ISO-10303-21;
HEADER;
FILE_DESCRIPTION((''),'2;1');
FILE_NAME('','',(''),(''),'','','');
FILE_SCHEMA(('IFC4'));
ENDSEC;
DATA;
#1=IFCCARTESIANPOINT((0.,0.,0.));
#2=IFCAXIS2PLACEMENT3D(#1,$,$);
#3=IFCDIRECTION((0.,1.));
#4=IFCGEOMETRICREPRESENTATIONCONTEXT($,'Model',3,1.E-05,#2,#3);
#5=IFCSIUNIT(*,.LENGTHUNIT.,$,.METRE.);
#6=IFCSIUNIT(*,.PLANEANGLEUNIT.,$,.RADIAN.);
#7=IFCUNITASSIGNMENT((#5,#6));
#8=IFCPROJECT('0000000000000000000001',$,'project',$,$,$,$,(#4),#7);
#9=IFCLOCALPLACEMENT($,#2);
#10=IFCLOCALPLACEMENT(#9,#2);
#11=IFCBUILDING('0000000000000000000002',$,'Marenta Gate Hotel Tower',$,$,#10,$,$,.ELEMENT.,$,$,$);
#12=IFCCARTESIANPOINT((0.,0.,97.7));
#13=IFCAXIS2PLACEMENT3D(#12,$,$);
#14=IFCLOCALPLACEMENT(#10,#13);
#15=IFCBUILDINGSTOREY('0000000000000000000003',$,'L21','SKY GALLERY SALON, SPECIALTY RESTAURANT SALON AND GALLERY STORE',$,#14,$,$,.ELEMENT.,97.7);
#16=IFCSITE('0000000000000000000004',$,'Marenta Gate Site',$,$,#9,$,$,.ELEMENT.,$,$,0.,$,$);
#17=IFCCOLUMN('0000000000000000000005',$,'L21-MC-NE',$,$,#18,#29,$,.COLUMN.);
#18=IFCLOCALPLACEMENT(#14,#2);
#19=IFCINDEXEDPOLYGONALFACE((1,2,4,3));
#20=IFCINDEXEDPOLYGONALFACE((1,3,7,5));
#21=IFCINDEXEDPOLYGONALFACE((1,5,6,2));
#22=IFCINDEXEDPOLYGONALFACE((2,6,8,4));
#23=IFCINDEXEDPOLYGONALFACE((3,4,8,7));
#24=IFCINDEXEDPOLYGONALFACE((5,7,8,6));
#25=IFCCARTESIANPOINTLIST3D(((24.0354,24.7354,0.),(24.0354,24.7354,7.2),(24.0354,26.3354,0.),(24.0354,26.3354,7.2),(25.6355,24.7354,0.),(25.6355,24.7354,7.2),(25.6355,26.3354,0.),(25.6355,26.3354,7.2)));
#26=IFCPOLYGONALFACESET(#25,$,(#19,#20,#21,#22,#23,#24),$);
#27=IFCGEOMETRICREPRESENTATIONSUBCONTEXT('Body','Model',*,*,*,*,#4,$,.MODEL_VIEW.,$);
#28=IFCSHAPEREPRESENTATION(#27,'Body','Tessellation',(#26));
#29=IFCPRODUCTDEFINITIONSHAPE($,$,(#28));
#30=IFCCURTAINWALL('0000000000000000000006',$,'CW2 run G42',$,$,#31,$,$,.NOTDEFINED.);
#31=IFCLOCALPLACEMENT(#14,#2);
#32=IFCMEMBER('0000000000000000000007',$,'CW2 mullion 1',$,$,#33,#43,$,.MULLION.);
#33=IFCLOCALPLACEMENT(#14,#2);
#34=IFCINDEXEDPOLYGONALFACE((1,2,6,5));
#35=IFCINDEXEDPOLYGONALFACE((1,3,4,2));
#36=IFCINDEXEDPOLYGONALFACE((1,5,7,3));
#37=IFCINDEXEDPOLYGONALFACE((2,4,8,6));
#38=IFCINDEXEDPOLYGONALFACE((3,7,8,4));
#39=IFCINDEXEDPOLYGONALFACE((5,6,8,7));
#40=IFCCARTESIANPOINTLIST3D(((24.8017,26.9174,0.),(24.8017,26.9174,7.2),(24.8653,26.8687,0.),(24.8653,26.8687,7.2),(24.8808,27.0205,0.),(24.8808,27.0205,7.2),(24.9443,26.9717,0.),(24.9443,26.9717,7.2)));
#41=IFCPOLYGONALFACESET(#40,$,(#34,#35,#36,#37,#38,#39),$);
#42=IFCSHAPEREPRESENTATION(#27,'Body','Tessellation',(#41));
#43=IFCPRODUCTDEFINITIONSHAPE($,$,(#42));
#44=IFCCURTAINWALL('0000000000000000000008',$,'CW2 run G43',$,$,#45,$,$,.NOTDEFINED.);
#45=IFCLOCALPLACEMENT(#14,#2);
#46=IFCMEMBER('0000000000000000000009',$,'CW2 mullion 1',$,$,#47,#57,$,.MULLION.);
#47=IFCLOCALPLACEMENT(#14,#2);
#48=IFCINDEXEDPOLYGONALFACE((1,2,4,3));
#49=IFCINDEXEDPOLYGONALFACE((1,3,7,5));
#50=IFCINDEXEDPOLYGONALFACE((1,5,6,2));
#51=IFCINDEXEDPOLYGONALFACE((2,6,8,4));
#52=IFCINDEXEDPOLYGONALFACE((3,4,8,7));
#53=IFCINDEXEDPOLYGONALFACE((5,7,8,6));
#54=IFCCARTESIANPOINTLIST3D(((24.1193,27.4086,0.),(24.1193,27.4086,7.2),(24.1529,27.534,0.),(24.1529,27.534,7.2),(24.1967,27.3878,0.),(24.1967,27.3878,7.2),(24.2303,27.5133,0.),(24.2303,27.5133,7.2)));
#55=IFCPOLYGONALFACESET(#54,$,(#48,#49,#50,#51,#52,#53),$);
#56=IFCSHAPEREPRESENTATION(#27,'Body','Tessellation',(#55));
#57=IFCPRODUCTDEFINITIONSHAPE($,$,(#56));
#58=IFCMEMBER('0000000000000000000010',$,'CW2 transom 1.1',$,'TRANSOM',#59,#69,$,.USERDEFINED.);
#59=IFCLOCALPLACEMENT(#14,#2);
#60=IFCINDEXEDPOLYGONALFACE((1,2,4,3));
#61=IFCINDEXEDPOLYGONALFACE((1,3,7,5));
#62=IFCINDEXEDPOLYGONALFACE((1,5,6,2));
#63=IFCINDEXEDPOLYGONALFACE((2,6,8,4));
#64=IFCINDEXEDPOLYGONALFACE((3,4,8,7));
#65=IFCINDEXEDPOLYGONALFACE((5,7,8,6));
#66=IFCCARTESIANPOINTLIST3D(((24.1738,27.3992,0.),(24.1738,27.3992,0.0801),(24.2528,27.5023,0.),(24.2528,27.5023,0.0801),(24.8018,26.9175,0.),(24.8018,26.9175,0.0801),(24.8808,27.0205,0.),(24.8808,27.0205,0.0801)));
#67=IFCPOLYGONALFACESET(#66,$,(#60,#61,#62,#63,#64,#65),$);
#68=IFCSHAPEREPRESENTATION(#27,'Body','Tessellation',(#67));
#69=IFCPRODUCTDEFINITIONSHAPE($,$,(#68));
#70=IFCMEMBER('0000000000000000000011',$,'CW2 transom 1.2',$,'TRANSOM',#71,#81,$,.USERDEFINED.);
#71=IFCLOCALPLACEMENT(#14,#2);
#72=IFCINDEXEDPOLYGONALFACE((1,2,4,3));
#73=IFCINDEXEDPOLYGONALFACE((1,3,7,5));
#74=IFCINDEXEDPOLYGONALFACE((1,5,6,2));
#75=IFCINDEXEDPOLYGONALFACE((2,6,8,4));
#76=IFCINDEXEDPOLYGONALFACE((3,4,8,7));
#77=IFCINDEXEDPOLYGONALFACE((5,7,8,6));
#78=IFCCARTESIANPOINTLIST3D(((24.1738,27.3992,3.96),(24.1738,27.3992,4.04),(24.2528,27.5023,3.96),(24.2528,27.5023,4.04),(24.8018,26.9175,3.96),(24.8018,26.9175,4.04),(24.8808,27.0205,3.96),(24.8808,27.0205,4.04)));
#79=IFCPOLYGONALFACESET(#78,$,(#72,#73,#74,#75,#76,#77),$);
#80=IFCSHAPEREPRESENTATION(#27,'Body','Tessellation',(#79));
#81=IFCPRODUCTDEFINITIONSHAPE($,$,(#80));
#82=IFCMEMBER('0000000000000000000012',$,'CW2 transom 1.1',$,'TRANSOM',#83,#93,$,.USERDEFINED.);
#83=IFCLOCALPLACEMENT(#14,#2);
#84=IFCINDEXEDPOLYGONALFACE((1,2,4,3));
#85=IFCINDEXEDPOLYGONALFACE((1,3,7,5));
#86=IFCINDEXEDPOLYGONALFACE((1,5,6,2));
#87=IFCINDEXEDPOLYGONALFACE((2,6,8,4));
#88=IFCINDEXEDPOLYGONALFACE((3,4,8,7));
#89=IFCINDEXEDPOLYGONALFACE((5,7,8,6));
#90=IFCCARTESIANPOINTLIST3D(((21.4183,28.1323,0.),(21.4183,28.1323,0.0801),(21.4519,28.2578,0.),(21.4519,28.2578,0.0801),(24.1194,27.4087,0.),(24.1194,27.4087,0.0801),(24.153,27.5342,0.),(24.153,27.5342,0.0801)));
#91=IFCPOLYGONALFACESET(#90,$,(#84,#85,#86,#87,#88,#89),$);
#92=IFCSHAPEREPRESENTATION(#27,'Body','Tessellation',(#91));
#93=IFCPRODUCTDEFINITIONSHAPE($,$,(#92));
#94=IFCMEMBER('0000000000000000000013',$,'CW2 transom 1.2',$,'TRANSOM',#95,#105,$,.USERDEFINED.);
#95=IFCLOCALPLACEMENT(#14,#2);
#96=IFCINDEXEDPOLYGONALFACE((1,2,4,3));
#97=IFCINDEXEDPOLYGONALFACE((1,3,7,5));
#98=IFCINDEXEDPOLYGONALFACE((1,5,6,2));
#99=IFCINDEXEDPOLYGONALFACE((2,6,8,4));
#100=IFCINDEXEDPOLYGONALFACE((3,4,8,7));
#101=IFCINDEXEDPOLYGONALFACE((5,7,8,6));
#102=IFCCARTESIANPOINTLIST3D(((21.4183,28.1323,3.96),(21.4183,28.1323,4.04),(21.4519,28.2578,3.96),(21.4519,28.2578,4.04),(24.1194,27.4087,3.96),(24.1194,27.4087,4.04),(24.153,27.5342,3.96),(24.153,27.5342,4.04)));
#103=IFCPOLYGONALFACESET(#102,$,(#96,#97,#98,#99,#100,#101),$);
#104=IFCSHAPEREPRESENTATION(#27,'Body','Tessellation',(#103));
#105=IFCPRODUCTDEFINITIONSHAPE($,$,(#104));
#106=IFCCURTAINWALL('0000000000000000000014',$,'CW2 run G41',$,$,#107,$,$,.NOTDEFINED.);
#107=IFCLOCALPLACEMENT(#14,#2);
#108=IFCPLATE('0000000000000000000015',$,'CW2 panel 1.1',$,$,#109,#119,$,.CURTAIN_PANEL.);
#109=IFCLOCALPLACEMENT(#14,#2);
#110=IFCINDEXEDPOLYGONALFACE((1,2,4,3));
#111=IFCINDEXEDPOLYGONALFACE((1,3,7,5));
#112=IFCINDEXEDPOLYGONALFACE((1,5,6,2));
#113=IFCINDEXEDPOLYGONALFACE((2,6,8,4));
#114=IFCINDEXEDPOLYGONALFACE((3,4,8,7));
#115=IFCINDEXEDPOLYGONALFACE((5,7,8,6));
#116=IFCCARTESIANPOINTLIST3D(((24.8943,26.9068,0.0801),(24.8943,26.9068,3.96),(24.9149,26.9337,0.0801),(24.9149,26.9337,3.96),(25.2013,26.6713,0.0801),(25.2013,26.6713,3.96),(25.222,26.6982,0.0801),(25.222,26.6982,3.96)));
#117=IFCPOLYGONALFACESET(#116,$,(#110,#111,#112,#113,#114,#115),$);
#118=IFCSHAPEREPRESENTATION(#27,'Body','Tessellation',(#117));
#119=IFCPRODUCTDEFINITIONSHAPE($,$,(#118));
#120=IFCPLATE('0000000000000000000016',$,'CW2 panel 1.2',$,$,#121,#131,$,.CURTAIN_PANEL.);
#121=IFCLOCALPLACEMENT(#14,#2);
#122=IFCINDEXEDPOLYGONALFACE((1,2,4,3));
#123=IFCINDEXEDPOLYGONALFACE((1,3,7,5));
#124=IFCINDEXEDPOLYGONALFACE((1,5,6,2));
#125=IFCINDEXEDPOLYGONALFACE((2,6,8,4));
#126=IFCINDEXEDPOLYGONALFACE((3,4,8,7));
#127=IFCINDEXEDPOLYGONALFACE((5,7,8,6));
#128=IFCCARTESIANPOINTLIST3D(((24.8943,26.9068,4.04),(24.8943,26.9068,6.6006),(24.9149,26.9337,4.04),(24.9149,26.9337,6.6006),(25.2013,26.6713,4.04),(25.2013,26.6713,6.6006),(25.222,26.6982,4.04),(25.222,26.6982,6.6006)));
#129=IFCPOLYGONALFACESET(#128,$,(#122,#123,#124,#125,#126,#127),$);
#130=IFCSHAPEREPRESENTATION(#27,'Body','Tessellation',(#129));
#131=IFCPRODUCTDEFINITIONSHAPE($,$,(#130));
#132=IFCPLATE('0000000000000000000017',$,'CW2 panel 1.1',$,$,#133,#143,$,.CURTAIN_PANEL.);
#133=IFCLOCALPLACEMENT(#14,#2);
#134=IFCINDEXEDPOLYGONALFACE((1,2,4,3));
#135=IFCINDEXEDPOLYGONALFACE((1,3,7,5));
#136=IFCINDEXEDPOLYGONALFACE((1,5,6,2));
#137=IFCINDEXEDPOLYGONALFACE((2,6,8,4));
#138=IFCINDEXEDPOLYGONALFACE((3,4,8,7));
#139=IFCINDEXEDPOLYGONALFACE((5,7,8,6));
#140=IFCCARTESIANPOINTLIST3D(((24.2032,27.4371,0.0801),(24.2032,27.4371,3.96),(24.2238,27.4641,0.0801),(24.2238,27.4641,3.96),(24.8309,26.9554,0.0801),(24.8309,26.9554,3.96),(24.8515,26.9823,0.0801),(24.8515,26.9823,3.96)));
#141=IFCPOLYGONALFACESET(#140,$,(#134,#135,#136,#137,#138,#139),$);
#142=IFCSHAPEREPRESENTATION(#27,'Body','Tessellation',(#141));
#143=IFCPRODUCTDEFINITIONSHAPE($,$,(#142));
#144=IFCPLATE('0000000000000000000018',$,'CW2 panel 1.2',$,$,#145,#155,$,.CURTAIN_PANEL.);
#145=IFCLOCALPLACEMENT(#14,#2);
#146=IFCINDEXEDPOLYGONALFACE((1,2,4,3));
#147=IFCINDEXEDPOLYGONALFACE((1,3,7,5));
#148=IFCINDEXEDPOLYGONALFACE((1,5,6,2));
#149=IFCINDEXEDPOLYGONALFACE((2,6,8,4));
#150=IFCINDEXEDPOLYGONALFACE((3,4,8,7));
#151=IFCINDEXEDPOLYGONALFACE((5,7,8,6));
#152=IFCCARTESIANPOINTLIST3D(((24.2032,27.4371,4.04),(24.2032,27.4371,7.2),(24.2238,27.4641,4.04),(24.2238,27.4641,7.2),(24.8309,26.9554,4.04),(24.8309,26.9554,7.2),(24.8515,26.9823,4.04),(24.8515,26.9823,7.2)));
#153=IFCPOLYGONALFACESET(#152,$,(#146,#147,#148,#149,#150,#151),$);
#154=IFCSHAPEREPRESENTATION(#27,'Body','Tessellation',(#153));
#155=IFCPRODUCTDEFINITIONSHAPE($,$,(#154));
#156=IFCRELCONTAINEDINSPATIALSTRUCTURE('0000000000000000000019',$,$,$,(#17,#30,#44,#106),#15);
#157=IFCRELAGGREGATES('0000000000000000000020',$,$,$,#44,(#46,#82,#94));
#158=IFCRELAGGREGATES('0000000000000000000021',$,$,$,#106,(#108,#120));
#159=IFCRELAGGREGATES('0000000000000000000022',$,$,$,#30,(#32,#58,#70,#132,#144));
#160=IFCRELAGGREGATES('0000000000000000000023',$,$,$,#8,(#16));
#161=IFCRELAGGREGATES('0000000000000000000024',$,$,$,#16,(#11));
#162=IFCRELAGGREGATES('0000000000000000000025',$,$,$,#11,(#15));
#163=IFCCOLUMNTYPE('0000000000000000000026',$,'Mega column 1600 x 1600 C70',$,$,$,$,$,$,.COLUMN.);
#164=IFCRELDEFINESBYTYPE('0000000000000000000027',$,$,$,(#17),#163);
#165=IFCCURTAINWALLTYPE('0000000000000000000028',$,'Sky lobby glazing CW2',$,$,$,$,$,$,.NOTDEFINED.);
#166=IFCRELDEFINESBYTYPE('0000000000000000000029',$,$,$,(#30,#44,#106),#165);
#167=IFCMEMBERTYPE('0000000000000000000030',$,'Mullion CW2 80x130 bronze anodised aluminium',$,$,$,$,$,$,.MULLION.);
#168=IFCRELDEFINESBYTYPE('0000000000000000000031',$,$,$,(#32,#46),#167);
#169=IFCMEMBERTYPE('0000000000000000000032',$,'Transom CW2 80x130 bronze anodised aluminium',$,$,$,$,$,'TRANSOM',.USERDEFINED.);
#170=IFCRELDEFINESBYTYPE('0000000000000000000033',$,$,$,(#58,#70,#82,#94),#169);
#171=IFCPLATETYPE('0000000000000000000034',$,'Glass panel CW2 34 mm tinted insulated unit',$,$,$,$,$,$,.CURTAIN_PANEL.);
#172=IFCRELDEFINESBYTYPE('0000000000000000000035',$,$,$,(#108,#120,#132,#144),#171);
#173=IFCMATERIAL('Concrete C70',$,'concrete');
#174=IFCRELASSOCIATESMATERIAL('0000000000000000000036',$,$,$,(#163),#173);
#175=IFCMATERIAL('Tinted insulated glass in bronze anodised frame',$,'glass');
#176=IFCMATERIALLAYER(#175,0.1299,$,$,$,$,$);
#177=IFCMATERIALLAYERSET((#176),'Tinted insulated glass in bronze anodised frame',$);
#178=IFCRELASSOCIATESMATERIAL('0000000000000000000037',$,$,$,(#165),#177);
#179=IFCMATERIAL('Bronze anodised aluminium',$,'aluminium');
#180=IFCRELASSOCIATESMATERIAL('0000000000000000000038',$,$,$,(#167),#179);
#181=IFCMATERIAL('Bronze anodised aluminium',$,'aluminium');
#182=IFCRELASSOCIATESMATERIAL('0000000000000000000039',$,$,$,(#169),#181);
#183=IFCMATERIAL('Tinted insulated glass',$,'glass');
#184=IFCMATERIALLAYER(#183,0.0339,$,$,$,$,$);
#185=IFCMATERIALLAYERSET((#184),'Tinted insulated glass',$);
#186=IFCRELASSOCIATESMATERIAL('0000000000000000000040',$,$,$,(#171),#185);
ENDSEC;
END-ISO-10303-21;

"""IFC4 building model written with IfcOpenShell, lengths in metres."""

from ifc_helpers import new_model, si_unit, direction, frame, origin, origin_2d, place, context, subcontext, project, spatial, rectangle, extrude, material, layer, layer_set, material_profile, profile_set, type_object, element, aggregate, save


model = new_model("IFC4")

# Units and contexts
model_context = context("Model", 3, precision=1e-05, world=origin(), true_north=direction((0.0, 1.0)))
body_context = subcontext(model_context, "Body", "Model", "MODEL_VIEW")
ifc_project = project(units=[si_unit("LENGTHUNIT", "METRE"), si_unit("PLANEANGLEUNIT", "RADIAN")], contexts=[model_context])

# Site, building, storey
site_placement = place(None, origin())
site = spatial("IfcSite", under=ifc_project, at=site_placement, Name="Marenta Gate Site", CompositionType="ELEMENT", RefElevation=0.0)
building_placement = place(site_placement, origin())
building = spatial("IfcBuilding", under=site, at=building_placement, Name="Marenta Gate Hotel Tower", CompositionType="ELEMENT")
storey_placement = place(building_placement, frame((0.0, 0.0, 97.7)))
storey = spatial("IfcBuildingStorey", under=building, at=storey_placement, Name="L21", Description="SKY GALLERY SALON, SPECIALTY RESTAURANT SALON AND GALLERY STORE", CompositionType="ELEMENT", Elevation=97.7)

# Column
ifc_material_1 = material(Name="Concrete C70", Category="concrete")
ifc_material_profile_1 = material_profile(ifc_material_1, rectangle(XDim=1.6001, YDim=1.6001, at=origin_2d()), Name="1600 x 1600")
ifc_profile_set_1 = profile_set([ifc_material_profile_1], Name="Concrete C70")
column_type = type_object("IfcColumnType", Name="Mega column 1600 x 1600 C70", PredefinedType="COLUMN", material=ifc_profile_set_1)
column_placement = place(storey_placement, frame((24.8354, 25.5354, 0.0), z_axis=(0.0, 0.0, 1.0), x_axis=(1.0, 0.0, 0.0)))
element("IfcColumn", 1, at=column_placement, inside=storey, type_object=column_type, Name="L21-MC-NE", PredefinedType="COLUMN", context=body_context, shape_type="SweptSolid", body=[
    extrude(rectangle(XDim=1.6001, YDim=1.6001, at=origin_2d()), origin(), (0.0, 0.0, 1.0), 7.2),
])

# Curtain walls, members
ifc_material_2 = material(Name="Tinted insulated glass in bronze anodised frame", Category="glass")
ifc_layer_1 = layer(ifc_material_2, 0.1299)
ifc_layer_set_1 = layer_set([ifc_layer_1], Name="Tinted insulated glass in bronze anodised frame")
curtain_wall_type = type_object("IfcCurtainWallType", Name="Sky lobby glazing CW2", PredefinedType="NOTDEFINED", material=ifc_layer_set_1)
curtain_wall_1_placement = place(storey_placement, origin())
curtain_wall_1 = element("IfcCurtainWall", 2, at=curtain_wall_1_placement, inside=storey, type_object=curtain_wall_type, Name="CW2 run G42", PredefinedType="NOTDEFINED")
ifc_material_3 = material(Name="Bronze anodised aluminium", Category="aluminium")
ifc_material_profile_2 = material_profile(ifc_material_3, rectangle(XDim=0.1299, YDim=0.0801, at=origin_2d()), Name="Mullion CW2 80x130 bronze anodised aluminium")
ifc_profile_set_2 = profile_set([ifc_material_profile_2], Name="Bronze anodised aluminium")
member_type_1 = type_object("IfcMemberType", Name="Mullion CW2 80x130 bronze anodised aluminium", PredefinedType="MULLION", material=ifc_profile_set_2)
member_1_placement = place(storey_placement, frame((24.873, 26.9446, 0.0), z_axis=(0.0, 0.0, 1.0), x_axis=(-0.608851, -0.793285, 0.0)))
member_1 = element("IfcMember", 3, at=member_1_placement, type_object=member_type_1, Name="CW2 mullion 1", PredefinedType="MULLION", context=body_context, shape_type="SweptSolid", body=[
    extrude(rectangle(XDim=0.1299, YDim=0.0801, at=origin_2d()), origin(), (0.0, 0.0, 1.0), 7.2),
])
curtain_wall_2_placement = place(storey_placement, origin())
curtain_wall_2 = element("IfcCurtainWall", 4, at=curtain_wall_2_placement, inside=storey, type_object=curtain_wall_type, Name="CW2 run G43", PredefinedType="NOTDEFINED")
member_2_placement = place(storey_placement, frame((24.1748, 27.4609, 0.0), z_axis=(0.0, 0.0, 1.0), x_axis=(-0.258793, -0.965933, 0.0)))
member_2 = element("IfcMember", 5, at=member_2_placement, type_object=member_type_1, Name="CW2 mullion 1", PredefinedType="MULLION", context=body_context, shape_type="SweptSolid", body=[
    extrude(rectangle(XDim=0.1299, YDim=0.0801, at=origin_2d()), origin(), (0.0, 0.0, 1.0), 7.2),
])

# Members
ifc_material_4 = material(Name="Bronze anodised aluminium", Category="aluminium")
ifc_material_profile_3 = material_profile(ifc_material_4, rectangle(XDim=0.1299, YDim=0.0801, at=origin_2d()), Name="Transom CW2 80x130 bronze anodised aluminium")
ifc_profile_set_3 = profile_set([ifc_material_profile_3], Name="Bronze anodised aluminium")
member_type_2 = type_object("IfcMemberType", Name="Transom CW2 80x130 bronze anodised aluminium", ElementType="TRANSOM", PredefinedType="USERDEFINED", material=ifc_profile_set_3)
member_3_placement = place(storey_placement, frame((24.8413, 26.969, 0.04), z_axis=(-0.793438, 0.608652, 0.0), x_axis=(-0.608652, -0.793438, 0.0)))
member_3 = element("IfcMember", 6, at=member_3_placement, type_object=member_type_2, Name="CW2 transom 1.1", ObjectType="TRANSOM", PredefinedType="USERDEFINED", context=body_context, shape_type="SweptSolid", body=[
    extrude(rectangle(XDim=0.1299, YDim=0.0801, at=origin_2d()), origin(), (0.0, 0.0, 1.0), 0.7915),
])
member_4_placement = place(storey_placement, frame((24.8413, 26.969, 4.0), z_axis=(-0.793438, 0.608652, 0.0), x_axis=(-0.608652, -0.793438, 0.0)))
member_4 = element("IfcMember", 7, at=member_4_placement, type_object=member_type_2, Name="CW2 transom 1.2", ObjectType="TRANSOM", PredefinedType="USERDEFINED", context=body_context, shape_type="SweptSolid", body=[
    extrude(rectangle(XDim=0.1299, YDim=0.0801, at=origin_2d()), origin(), (0.0, 0.0, 1.0), 0.7915),
])
member_5_placement = place(storey_placement, frame((24.1362, 27.4714, 0.04), z_axis=(-0.965939, 0.258771, 0.0), x_axis=(-0.258771, -0.965939, 0.0)))
member_5 = element("IfcMember", 8, at=member_5_placement, type_object=member_type_2, Name="CW2 transom 1.1", ObjectType="TRANSOM", PredefinedType="USERDEFINED", context=body_context, shape_type="SweptSolid", body=[
    extrude(rectangle(XDim=0.1299, YDim=0.0801, at=origin_2d()), origin(), (0.0, 0.0, 1.0), 2.7964),
])
member_6_placement = place(storey_placement, frame((24.1362, 27.4714, 4.0), z_axis=(-0.965939, 0.258771, 0.0), x_axis=(-0.258771, -0.965939, 0.0)))
member_6 = element("IfcMember", 9, at=member_6_placement, type_object=member_type_2, Name="CW2 transom 1.2", ObjectType="TRANSOM", PredefinedType="USERDEFINED", context=body_context, shape_type="SweptSolid", body=[
    extrude(rectangle(XDim=0.1299, YDim=0.0801, at=origin_2d()), origin(), (0.0, 0.0, 1.0), 2.7964),
])
aggregate(curtain_wall_2, [member_2, member_5, member_6])

# Curtain wall, plates
curtain_wall_3_placement = place(storey_placement, origin())
curtain_wall_3 = element("IfcCurtainWall", 10, at=curtain_wall_3_placement, inside=storey, type_object=curtain_wall_type, Name="CW2 run G41", PredefinedType="NOTDEFINED")
ifc_material_5 = material(Name="Tinted insulated glass", Category="glass")
ifc_layer_2 = layer(ifc_material_5, 0.0339)
ifc_layer_set_2 = layer_set([ifc_layer_2], Name="Tinted insulated glass")
plate_type = type_object("IfcPlateType", Name="Glass panel CW2 34 mm tinted insulated unit", PredefinedType="CURTAIN_PANEL", material=ifc_layer_set_2)
plate_1_placement = place(storey_placement, frame((25.0581, 26.8025, 0.0801), z_axis=(0.0, 0.0, 1.0), x_axis=(-0.793451, 0.608634, 0.0)))
plate_1 = element("IfcPlate", 11, at=plate_1_placement, type_object=plate_type, Name="CW2 panel 1.1", PredefinedType="CURTAIN_PANEL", context=body_context, shape_type="SweptSolid", body=[
    extrude(rectangle(XDim=0.387, YDim=0.0339, at=origin_2d()), origin(), (0.0, 0.0, 1.0), 3.8799),
])
plate_2_placement = place(storey_placement, frame((25.0581, 26.8025, 4.04), z_axis=(0.0, 0.0, 1.0), x_axis=(-0.793451, 0.608634, 0.0)))
plate_2 = element("IfcPlate", 12, at=plate_2_placement, type_object=plate_type, Name="CW2 panel 1.2", PredefinedType="CURTAIN_PANEL", context=body_context, shape_type="SweptSolid", body=[
    extrude(rectangle(XDim=0.387, YDim=0.0339, at=origin_2d()), origin(), (0.0, 0.0, 1.0), 2.5605),
])
aggregate(curtain_wall_3, [plate_1, plate_2])

# Plates
plate_3_placement = place(storey_placement, frame((24.5273, 27.2097, 0.0801), z_axis=(0.0, 0.0, 1.0), x_axis=(-0.793285, 0.608851, 0.0)))
plate_3 = element("IfcPlate", 13, at=plate_3_placement, type_object=plate_type, Name="CW2 panel 1.1", PredefinedType="CURTAIN_PANEL", context=body_context, shape_type="SweptSolid", body=[
    extrude(rectangle(XDim=0.7913, YDim=0.0339, at=origin_2d()), origin(), (0.0, 0.0, 1.0), 3.8799),
])
plate_4_placement = place(storey_placement, frame((24.5273, 27.2097, 4.04), z_axis=(0.0, 0.0, 1.0), x_axis=(-0.793285, 0.608851, 0.0)))
plate_4 = element("IfcPlate", 14, at=plate_4_placement, type_object=plate_type, Name="CW2 panel 1.2", PredefinedType="CURTAIN_PANEL", context=body_context, shape_type="SweptSolid", body=[
    extrude(rectangle(XDim=0.7913, YDim=0.0339, at=origin_2d()), origin(), (0.0, 0.0, 1.0), 3.1599),
])
aggregate(curtain_wall_1, [member_1, member_3, member_4, plate_3, plate_4])

save(model, "model.ifc")
